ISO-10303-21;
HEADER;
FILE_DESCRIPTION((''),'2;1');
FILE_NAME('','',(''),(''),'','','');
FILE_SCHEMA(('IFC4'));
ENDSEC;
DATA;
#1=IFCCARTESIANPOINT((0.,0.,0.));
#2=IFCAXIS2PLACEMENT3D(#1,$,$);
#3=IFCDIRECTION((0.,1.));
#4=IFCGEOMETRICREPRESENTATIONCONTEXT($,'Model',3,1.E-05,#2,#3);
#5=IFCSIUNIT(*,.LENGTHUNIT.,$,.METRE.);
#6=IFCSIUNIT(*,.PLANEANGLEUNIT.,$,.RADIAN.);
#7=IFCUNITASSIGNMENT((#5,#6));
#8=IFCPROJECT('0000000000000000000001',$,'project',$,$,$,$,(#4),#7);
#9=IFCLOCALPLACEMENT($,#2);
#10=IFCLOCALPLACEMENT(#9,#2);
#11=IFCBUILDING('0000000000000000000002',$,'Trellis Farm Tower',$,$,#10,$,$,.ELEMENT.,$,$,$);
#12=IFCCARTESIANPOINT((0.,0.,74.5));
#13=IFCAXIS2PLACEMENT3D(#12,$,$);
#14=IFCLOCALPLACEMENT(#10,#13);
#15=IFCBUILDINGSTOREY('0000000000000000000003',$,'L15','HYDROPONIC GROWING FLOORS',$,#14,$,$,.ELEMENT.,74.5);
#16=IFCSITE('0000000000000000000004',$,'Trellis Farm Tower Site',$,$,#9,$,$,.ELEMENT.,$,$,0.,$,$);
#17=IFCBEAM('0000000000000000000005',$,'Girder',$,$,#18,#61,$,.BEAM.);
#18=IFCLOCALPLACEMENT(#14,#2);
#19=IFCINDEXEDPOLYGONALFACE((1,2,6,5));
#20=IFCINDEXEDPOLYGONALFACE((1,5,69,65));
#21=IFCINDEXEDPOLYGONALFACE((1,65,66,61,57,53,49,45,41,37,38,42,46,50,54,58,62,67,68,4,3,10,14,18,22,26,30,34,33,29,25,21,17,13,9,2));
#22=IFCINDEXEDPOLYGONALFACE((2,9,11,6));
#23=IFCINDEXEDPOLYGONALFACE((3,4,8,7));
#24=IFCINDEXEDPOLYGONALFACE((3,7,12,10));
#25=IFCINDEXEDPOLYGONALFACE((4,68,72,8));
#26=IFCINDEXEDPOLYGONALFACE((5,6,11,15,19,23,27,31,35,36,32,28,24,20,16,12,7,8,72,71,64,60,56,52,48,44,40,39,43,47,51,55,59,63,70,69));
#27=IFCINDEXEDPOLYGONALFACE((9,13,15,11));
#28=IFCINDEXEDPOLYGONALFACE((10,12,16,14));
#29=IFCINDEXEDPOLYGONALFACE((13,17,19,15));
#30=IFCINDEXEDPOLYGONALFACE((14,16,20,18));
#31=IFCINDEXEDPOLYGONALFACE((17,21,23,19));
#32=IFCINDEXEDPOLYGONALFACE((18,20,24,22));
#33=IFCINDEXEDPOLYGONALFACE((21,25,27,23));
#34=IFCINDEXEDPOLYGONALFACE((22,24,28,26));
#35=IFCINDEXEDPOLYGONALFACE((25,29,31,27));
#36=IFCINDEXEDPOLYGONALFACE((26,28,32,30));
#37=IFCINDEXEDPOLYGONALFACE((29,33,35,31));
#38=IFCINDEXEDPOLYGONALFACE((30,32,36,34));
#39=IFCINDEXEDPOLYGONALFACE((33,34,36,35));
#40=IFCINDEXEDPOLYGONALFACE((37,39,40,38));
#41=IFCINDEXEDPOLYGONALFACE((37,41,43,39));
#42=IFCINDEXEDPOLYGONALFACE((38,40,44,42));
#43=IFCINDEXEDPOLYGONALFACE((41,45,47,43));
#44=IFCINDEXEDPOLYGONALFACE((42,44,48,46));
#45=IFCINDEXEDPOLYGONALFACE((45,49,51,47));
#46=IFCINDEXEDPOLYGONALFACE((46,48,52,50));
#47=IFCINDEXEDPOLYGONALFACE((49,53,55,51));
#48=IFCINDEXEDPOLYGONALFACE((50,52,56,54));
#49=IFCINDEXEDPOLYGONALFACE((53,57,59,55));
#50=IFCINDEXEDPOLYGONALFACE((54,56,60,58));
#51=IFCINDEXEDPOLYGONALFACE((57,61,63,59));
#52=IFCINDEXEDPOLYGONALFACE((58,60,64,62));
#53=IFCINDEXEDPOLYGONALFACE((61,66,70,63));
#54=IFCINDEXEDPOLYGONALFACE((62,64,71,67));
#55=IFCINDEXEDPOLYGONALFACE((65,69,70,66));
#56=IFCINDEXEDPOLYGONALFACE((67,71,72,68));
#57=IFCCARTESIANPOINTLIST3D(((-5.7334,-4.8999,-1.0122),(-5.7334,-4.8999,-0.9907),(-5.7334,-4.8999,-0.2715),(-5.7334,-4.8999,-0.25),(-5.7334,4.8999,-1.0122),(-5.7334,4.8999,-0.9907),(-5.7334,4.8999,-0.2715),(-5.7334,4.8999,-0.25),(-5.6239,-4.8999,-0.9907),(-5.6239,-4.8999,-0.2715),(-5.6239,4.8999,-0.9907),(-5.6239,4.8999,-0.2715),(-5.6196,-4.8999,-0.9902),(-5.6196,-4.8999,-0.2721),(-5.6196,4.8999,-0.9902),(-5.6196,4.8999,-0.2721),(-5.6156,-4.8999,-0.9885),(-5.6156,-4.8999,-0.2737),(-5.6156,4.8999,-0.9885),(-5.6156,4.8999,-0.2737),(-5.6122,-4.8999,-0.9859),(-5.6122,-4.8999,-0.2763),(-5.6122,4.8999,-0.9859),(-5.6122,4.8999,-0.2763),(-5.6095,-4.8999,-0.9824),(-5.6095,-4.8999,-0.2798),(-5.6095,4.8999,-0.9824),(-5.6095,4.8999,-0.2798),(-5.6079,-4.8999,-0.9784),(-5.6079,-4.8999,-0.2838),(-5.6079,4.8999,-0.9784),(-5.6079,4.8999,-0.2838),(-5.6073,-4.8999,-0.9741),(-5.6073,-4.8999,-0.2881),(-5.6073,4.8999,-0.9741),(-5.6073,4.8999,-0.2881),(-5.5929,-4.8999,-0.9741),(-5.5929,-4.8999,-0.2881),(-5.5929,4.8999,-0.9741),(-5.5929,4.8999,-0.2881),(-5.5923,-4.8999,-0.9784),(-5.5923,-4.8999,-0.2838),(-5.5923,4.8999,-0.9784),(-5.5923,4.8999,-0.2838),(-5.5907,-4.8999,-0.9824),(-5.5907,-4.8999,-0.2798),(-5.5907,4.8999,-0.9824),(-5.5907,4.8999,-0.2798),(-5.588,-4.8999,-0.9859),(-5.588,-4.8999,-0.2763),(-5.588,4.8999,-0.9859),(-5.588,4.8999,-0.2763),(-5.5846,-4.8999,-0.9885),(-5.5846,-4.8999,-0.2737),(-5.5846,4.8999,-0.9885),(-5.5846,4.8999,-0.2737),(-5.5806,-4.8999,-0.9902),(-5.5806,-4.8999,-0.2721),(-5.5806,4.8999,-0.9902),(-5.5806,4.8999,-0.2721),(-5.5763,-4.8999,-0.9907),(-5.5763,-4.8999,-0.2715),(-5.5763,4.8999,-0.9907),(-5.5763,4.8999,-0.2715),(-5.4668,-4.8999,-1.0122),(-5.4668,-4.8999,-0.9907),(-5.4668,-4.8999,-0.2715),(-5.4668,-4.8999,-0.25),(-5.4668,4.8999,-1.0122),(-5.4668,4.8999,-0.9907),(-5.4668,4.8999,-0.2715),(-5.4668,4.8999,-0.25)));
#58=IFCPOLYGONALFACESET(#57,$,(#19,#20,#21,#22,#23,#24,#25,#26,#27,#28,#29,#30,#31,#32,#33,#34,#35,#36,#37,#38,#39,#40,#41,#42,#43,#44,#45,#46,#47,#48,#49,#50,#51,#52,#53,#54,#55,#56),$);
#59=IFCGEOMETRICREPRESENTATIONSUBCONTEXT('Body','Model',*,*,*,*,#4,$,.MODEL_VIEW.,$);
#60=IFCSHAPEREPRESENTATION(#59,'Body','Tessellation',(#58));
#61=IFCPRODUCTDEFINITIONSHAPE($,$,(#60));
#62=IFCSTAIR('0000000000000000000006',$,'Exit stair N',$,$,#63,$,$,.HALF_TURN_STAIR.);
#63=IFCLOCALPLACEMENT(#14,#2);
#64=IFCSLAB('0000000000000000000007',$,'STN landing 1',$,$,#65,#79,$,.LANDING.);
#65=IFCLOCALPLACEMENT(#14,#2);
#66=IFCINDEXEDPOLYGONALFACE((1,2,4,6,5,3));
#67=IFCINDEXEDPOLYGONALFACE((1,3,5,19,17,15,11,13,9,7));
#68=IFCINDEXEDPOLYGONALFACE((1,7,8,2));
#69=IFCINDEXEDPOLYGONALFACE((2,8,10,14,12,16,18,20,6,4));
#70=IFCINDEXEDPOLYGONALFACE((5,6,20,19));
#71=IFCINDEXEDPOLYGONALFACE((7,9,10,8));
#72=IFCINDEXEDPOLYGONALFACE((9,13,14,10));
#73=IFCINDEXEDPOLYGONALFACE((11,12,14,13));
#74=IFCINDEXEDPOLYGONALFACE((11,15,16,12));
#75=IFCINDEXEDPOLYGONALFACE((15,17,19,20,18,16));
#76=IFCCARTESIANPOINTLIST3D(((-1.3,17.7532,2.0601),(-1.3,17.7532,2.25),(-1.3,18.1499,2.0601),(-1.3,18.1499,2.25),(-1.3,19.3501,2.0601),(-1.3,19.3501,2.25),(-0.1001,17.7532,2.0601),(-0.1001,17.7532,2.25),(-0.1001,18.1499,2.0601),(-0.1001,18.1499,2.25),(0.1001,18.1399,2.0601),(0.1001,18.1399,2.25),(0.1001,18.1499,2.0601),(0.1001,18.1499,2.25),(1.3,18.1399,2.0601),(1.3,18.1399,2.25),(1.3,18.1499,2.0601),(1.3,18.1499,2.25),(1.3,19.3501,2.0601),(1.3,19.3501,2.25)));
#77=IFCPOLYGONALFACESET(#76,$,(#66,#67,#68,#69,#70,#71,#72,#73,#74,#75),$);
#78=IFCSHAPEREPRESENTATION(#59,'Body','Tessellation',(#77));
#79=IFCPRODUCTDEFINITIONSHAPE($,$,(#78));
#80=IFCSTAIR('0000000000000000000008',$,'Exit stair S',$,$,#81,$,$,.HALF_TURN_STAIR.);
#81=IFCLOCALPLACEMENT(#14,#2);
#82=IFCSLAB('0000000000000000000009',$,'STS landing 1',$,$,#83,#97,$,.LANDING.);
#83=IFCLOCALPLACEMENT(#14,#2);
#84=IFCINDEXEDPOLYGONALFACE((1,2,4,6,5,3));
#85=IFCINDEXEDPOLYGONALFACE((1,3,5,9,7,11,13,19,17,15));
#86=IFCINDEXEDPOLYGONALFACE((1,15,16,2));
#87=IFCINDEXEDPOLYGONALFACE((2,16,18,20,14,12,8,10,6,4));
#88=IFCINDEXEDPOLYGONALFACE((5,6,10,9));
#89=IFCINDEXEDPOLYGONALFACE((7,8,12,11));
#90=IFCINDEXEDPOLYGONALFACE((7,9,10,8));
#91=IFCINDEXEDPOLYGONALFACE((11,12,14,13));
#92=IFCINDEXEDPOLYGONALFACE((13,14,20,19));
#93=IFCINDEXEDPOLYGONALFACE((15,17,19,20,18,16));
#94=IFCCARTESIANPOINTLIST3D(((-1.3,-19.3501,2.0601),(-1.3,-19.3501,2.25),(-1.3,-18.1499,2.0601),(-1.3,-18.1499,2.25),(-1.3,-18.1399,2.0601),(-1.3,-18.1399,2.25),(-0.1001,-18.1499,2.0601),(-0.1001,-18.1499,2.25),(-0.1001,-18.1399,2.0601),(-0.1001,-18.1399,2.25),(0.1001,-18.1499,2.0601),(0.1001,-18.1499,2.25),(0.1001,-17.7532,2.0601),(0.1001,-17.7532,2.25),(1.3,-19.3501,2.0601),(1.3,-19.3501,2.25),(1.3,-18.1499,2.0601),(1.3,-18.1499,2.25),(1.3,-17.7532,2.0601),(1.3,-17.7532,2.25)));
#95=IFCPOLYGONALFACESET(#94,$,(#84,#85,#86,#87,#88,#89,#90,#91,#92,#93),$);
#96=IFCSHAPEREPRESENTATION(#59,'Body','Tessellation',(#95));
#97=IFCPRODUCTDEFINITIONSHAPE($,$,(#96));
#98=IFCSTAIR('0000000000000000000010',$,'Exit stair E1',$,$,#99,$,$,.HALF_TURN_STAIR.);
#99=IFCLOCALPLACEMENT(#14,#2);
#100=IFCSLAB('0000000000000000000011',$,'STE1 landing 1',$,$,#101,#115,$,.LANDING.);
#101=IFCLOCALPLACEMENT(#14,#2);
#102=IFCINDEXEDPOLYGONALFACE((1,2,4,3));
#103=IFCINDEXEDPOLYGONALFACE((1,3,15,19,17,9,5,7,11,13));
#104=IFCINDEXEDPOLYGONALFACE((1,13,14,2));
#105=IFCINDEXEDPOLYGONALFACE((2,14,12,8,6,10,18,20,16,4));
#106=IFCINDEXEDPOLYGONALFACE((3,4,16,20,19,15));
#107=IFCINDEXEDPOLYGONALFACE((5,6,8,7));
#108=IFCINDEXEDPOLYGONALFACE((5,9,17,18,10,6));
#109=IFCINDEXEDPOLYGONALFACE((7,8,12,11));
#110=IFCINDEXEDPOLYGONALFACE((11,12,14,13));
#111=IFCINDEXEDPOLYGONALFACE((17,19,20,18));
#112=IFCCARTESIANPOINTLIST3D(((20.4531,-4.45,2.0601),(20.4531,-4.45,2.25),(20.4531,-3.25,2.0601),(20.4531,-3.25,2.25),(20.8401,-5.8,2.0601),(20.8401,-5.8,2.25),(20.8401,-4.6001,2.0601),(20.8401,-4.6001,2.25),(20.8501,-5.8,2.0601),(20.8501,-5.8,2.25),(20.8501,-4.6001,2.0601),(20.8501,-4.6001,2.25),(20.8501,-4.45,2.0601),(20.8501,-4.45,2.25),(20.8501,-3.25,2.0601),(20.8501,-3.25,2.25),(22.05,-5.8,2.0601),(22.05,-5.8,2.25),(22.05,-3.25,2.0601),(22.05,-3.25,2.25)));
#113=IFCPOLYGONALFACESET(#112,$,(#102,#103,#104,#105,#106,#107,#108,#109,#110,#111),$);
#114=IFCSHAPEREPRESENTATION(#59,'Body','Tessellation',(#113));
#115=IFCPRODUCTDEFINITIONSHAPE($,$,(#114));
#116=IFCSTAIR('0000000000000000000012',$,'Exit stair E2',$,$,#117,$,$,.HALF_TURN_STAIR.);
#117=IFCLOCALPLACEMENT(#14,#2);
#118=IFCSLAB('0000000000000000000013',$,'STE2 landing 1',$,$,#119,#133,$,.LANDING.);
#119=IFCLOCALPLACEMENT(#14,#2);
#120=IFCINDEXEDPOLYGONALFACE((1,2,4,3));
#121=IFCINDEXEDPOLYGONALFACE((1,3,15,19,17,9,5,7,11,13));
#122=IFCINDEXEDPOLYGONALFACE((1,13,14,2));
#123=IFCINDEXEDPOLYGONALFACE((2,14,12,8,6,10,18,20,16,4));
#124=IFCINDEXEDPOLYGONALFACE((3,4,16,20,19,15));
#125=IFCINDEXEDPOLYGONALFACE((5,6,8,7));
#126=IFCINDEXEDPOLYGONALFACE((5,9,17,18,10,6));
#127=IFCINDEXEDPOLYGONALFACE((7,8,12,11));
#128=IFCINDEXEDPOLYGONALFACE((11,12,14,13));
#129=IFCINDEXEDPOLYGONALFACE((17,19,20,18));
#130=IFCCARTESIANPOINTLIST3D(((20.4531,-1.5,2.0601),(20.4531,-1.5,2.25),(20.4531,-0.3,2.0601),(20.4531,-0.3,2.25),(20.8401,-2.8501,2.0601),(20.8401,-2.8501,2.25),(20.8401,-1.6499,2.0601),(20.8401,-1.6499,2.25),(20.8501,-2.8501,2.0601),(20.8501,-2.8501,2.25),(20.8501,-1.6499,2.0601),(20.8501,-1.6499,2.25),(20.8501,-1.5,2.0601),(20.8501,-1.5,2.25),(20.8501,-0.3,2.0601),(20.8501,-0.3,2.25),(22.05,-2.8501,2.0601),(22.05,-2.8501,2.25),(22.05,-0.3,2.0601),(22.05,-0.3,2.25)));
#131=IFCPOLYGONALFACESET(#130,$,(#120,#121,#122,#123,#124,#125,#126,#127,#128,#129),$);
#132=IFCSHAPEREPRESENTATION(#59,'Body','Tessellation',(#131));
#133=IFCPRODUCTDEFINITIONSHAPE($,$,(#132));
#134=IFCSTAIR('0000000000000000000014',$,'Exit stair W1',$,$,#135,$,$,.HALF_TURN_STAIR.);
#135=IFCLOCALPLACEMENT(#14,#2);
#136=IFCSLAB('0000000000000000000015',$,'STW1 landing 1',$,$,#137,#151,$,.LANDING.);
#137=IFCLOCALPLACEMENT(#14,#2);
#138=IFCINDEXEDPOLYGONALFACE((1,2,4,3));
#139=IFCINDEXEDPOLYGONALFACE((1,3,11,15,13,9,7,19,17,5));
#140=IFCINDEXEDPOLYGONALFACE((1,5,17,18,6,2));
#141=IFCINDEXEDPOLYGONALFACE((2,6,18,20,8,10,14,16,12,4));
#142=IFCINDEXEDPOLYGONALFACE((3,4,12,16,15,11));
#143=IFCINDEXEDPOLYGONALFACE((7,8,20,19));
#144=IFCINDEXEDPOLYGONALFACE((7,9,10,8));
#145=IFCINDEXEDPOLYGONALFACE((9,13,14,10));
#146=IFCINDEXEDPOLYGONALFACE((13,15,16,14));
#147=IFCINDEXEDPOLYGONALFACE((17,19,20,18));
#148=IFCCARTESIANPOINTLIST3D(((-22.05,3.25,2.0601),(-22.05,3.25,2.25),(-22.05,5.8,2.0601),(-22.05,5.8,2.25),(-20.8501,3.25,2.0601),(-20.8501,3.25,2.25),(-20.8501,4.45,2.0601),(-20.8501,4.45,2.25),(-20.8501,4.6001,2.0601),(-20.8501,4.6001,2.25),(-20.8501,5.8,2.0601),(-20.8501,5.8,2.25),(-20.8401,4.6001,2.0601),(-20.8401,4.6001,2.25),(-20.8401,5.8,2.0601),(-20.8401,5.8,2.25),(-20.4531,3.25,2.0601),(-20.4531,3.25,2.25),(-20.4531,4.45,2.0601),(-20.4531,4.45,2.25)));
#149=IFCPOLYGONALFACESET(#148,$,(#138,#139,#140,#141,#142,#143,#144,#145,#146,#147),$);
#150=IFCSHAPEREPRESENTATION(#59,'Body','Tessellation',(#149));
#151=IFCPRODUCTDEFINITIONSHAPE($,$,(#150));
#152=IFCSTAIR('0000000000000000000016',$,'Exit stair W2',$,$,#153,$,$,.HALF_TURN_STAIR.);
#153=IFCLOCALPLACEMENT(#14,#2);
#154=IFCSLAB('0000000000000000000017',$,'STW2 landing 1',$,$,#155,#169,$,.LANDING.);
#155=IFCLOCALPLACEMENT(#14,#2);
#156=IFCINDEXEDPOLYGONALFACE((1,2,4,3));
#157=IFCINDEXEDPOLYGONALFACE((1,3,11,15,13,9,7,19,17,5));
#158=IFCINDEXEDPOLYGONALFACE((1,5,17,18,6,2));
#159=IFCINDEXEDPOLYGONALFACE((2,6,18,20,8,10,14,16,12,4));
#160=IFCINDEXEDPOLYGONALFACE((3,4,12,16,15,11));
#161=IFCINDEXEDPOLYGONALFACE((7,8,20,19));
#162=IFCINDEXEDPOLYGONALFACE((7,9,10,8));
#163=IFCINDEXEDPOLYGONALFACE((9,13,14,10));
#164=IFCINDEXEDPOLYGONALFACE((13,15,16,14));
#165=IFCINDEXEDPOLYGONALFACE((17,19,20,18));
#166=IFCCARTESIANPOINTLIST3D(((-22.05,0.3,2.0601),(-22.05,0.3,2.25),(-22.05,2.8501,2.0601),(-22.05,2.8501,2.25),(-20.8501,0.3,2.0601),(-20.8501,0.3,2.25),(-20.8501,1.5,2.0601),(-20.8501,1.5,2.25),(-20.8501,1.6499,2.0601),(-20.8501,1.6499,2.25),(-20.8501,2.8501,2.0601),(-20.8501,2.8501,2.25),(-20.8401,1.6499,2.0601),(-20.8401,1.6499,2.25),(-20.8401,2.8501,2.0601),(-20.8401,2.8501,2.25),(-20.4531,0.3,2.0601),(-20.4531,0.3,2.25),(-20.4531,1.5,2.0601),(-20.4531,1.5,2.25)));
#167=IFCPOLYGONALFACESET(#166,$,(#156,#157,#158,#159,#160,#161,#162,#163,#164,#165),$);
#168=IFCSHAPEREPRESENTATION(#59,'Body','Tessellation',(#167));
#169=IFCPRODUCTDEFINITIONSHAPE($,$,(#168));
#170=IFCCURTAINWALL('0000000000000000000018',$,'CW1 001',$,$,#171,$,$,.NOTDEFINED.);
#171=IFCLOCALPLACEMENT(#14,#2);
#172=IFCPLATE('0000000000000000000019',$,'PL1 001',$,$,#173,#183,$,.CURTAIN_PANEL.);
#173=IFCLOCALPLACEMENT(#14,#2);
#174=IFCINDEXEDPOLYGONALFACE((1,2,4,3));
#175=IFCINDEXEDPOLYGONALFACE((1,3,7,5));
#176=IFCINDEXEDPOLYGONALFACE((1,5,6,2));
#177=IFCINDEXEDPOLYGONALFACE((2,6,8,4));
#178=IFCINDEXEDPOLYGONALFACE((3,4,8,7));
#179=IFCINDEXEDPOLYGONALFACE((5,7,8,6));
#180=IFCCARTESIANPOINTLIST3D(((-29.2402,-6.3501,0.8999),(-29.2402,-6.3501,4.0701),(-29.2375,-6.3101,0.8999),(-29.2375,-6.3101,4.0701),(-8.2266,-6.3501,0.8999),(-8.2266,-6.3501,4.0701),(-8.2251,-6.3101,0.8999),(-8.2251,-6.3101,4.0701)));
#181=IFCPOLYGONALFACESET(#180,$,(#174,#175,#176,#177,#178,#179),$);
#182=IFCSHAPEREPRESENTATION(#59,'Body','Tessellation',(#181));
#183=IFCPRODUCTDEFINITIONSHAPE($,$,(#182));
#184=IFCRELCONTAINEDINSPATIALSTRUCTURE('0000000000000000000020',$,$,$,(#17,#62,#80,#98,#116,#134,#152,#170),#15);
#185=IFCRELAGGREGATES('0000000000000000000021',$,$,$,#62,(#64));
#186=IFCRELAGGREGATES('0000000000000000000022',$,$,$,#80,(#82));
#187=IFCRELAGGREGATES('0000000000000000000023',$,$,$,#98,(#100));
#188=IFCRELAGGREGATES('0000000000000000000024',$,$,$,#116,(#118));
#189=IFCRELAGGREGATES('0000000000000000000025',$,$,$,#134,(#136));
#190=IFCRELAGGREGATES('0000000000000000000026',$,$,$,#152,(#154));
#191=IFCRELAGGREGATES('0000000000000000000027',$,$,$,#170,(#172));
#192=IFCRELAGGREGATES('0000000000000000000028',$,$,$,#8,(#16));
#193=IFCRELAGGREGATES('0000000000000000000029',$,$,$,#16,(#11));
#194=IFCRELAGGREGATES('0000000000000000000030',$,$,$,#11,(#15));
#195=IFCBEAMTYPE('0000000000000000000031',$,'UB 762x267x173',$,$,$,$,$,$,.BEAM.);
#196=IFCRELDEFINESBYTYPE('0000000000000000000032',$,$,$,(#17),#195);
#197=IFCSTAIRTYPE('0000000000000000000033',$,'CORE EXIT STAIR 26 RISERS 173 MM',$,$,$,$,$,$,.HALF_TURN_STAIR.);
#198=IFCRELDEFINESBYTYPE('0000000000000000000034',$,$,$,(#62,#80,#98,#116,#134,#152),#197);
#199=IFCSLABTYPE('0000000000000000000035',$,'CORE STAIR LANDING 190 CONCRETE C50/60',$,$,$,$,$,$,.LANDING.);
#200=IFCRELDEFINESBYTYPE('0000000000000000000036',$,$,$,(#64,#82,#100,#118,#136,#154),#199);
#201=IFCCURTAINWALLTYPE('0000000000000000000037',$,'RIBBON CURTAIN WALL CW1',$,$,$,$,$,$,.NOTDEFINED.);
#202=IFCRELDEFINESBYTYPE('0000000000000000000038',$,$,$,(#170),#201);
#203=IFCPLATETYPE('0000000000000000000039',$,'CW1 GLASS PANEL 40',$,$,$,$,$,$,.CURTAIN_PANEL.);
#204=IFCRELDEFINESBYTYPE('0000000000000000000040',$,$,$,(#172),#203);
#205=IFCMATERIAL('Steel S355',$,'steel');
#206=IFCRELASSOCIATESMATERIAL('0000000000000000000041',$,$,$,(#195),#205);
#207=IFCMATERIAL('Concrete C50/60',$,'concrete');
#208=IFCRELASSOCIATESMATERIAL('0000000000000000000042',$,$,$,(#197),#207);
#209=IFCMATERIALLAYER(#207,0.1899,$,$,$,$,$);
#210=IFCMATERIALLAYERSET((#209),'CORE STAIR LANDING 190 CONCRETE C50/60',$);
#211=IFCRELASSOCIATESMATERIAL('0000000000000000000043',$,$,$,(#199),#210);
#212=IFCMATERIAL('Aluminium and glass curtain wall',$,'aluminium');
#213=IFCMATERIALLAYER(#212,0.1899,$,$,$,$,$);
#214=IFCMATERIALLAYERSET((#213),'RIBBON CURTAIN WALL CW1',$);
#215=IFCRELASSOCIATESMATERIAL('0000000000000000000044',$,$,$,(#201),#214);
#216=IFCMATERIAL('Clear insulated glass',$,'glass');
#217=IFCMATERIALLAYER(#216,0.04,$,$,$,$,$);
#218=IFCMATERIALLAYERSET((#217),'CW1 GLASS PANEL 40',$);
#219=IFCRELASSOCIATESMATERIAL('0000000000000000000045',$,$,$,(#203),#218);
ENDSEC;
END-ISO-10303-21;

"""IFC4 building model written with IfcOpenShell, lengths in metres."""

from ifc_helpers import new_model, si_unit, direction, frame, origin, origin_2d, place, context, subcontext, project, spatial, polyline, i_section, outline, extrude, source, transform, mapped, material, layer, layer_set, material_profile, profile_set, type_object, element, aggregate, save


model = new_model("IFC4")

# Units and contexts
model_context = context("Model", 3, precision=1e-05, world=origin(), true_north=direction((0.0, 1.0)))
body_context = subcontext(model_context, "Body", "Model", "MODEL_VIEW")
ifc_project = project(units=[si_unit("LENGTHUNIT", "METRE"), si_unit("PLANEANGLEUNIT", "RADIAN")], contexts=[model_context])

# Site, building, storey
site_placement = place(None, origin())
site = spatial("IfcSite", under=ifc_project, at=site_placement, Name="Trellis Farm Tower Site", CompositionType="ELEMENT", RefElevation=0.0)
building_placement = place(site_placement, origin())
building = spatial("IfcBuilding", under=site, at=building_placement, Name="Trellis Farm Tower", CompositionType="ELEMENT")
storey_placement = place(building_placement, frame((0.0, 0.0, 74.5)))
storey = spatial("IfcBuildingStorey", under=building, at=storey_placement, Name="L15", Description="HYDROPONIC GROWING FLOORS", CompositionType="ELEMENT", Elevation=74.5)

# Beam
ifc_material_1 = material(Name="Steel S355", Category="steel")
ifc_material_profile_1 = material_profile(ifc_material_1, i_section(OverallWidth=0.2666, OverallDepth=0.7622, WebThickness=0.0144, FlangeThickness=0.0215, FilletRadius=0.0166, at=origin_2d()), Name="UB 762x267x173")
ifc_profile_set_1 = profile_set([ifc_material_profile_1], Name="Steel S355")
beam_type_1 = type_object("IfcBeamType", Name="UB 762x267x173", PredefinedType="BEAM", material=ifc_profile_set_1)
shared_shape_1 = source(origin(), body_context, "Body", "SweptSolid", [
    extrude(i_section(OverallWidth=0.2666, OverallDepth=0.7622, WebThickness=0.0144, FlangeThickness=0.0215, FilletRadius=0.0166, at=origin_2d()), origin(), (0.0, 0.0, 1.0), 9.7998),
])
for number, where, z_axis, x_axis, name in (
    (1, (-5.6001, -4.8999, -0.6311), (0.0, 1.0, 0.0), (-1.0, 0.0, 0.0), "Girder"),
):
    element("IfcBeam", number, at=place(storey_placement, frame(where, z_axis=z_axis, x_axis=x_axis)), inside=storey, type_object=beam_type_1, Name=name, PredefinedType="BEAM", context=body_context, shape_type="MappedRepresentation", body=[
        mapped(shared_shape_1, transform((0.0, 0.0, 0.0))),
    ])

# Stairs, slabs
ifc_material_2 = material(Name="Concrete C50/60", Category="concrete")
stair_type = type_object("IfcStairType", Name="CORE EXIT STAIR 26 RISERS 173 MM", PredefinedType="HALF_TURN_STAIR", material=ifc_material_2)
placement_1 = place(storey_placement, origin())
stair_1 = element("IfcStair", 2, at=placement_1, inside=storey, type_object=stair_type, Name="Exit stair N", PredefinedType="HALF_TURN_STAIR")
ifc_layer_1 = layer(ifc_material_2, 0.1899)
ifc_layer_set_1 = layer_set([ifc_layer_1], Name="CORE STAIR LANDING 190 CONCRETE C50/60")
slab_type_1 = type_object("IfcSlabType", Name="CORE STAIR LANDING 190 CONCRETE C50/60", PredefinedType="LANDING", material=ifc_layer_set_1)
shared_shape_2 = source(origin(), body_context, "Body", "SweptSolid", [
    extrude(outline(polyline([(-0.1001, 17.7532), (-1.3, 17.7532), (-1.3, 18.1499), (-1.3, 19.3501), (1.3, 19.3501), (1.3, 18.1499), (1.3, 18.1399), (0.1001, 18.1399), (0.1001, 18.1499), (-0.1001, 18.1499), (-0.1001, 17.7532)])), origin(), (0.0, 0.0, 1.0), 0.1899),
])
placement_2 = place(storey_placement, frame((0.0, 0.0, 2.0601)))
slab_1 = element("IfcSlab", 3, at=placement_2, type_object=slab_type_1, Name="STN landing 1", PredefinedType="LANDING", context=body_context, shape_type="MappedRepresentation", body=[
    mapped(shared_shape_2, transform((0.0, 0.0, 0.0))),
])
aggregate(stair_1, [slab_1])
stair_2 = element("IfcStair", 4, at=placement_1, inside=storey, type_object=stair_type, Name="Exit stair S", PredefinedType="HALF_TURN_STAIR")
shared_shape_3 = source(origin(), body_context, "Body", "SweptSolid", [
    extrude(outline(polyline([(1.3, -19.3501), (-1.3, -19.3501), (-1.3, -18.1499), (-1.3, -18.1399), (-0.1001, -18.1399), (-0.1001, -18.1499), (0.1001, -18.1499), (0.1001, -17.7532), (1.3, -17.7532), (1.3, -18.1499), (1.3, -19.3501)])), origin(), (0.0, 0.0, 1.0), 0.1899),
])
slab_2 = element("IfcSlab", 5, at=placement_2, type_object=slab_type_1, Name="STS landing 1", PredefinedType="LANDING", context=body_context, shape_type="MappedRepresentation", body=[
    mapped(shared_shape_3, transform((0.0, 0.0, 0.0))),
])
aggregate(stair_2, [slab_2])
stair_3 = element("IfcStair", 6, at=placement_1, inside=storey, type_object=stair_type, Name="Exit stair E1", PredefinedType="HALF_TURN_STAIR")
shared_shape_4 = source(origin(), body_context, "Body", "SweptSolid", [
    extrude(outline(polyline([(20.8401, -5.8), (20.8401, -4.6001), (20.8501, -4.6001), (20.8501, -4.45), (20.4531, -4.45), (20.4531, -3.25), (20.8501, -3.25), (22.05, -3.25), (22.05, -5.8), (20.8501, -5.8), (20.8401, -5.8)])), origin(), (0.0, 0.0, 1.0), 0.1899),
])
slab_3 = element("IfcSlab", 7, at=placement_2, type_object=slab_type_1, Name="STE1 landing 1", PredefinedType="LANDING", context=body_context, shape_type="MappedRepresentation", body=[
    mapped(shared_shape_4, transform((0.0, 0.0, 0.0))),
])
aggregate(stair_3, [slab_3])
stair_4 = element("IfcStair", 8, at=placement_1, inside=storey, type_object=stair_type, Name="Exit stair E2", PredefinedType="HALF_TURN_STAIR")
shared_shape_5 = source(origin(), body_context, "Body", "SweptSolid", [
    extrude(outline(polyline([(20.8401, -2.8501), (20.8401, -1.6499), (20.8501, -1.6499), (20.8501, -1.5), (20.4531, -1.5), (20.4531, -0.3), (20.8501, -0.3), (22.05, -0.3), (22.05, -2.8501), (20.8501, -2.8501), (20.8401, -2.8501)])), origin(), (0.0, 0.0, 1.0), 0.1899),
])
slab_4 = element("IfcSlab", 9, at=placement_2, type_object=slab_type_1, Name="STE2 landing 1", PredefinedType="LANDING", context=body_context, shape_type="MappedRepresentation", body=[
    mapped(shared_shape_5, transform((0.0, 0.0, 0.0))),
])
aggregate(stair_4, [slab_4])
stair_5 = element("IfcStair", 10, at=placement_1, inside=storey, type_object=stair_type, Name="Exit stair W1", PredefinedType="HALF_TURN_STAIR")
shared_shape_6 = source(origin(), body_context, "Body", "SweptSolid", [
    extrude(outline(polyline([(-20.4531, 4.45), (-20.4531, 3.25), (-20.8501, 3.25), (-22.05, 3.25), (-22.05, 5.8), (-20.8501, 5.8), (-20.8401, 5.8), (-20.8401, 4.6001), (-20.8501, 4.6001), (-20.8501, 4.45), (-20.4531, 4.45)])), origin(), (0.0, 0.0, 1.0), 0.1899),
])
slab_5 = element("IfcSlab", 11, at=placement_2, type_object=slab_type_1, Name="STW1 landing 1", PredefinedType="LANDING", context=body_context, shape_type="MappedRepresentation", body=[
    mapped(shared_shape_6, transform((0.0, 0.0, 0.0))),
])
aggregate(stair_5, [slab_5])
stair_6 = element("IfcStair", 12, at=placement_1, inside=storey, type_object=stair_type, Name="Exit stair W2", PredefinedType="HALF_TURN_STAIR")
shared_shape_7 = source(origin(), body_context, "Body", "SweptSolid", [
    extrude(outline(polyline([(-20.4531, 1.5), (-20.4531, 0.3), (-20.8501, 0.3), (-22.05, 0.3), (-22.05, 2.8501), (-20.8501, 2.8501), (-20.8401, 2.8501), (-20.8401, 1.6499), (-20.8501, 1.6499), (-20.8501, 1.5), (-20.4531, 1.5)])), origin(), (0.0, 0.0, 1.0), 0.1899),
])
slab_6 = element("IfcSlab", 13, at=placement_2, type_object=slab_type_1, Name="STW2 landing 1", PredefinedType="LANDING", context=body_context, shape_type="MappedRepresentation", body=[
    mapped(shared_shape_7, transform((0.0, 0.0, 0.0))),
])
aggregate(stair_6, [slab_6])

# Curtain wall, plate
ifc_material_3 = material(Name="Aluminium and glass curtain wall", Category="aluminium")
ifc_layer_2 = layer(ifc_material_3, 0.1899)
ifc_layer_set_2 = layer_set([ifc_layer_2], Name="RIBBON CURTAIN WALL CW1")
curtain_wall_type = type_object("IfcCurtainWallType", Name="RIBBON CURTAIN WALL CW1", PredefinedType="NOTDEFINED", material=ifc_layer_set_2)
curtain_wall = element("IfcCurtainWall", 14, at=placement_1, inside=storey, type_object=curtain_wall_type, Name="CW1 001", PredefinedType="NOTDEFINED")
ifc_material_4 = material(Name="Clear insulated glass", Category="glass")
ifc_layer_3 = layer(ifc_material_4, 0.04)
ifc_layer_set_3 = layer_set([ifc_layer_3], Name="CW1 GLASS PANEL 40")
plate_type_1 = type_object("IfcPlateType", Name="CW1 GLASS PANEL 40", PredefinedType="CURTAIN_PANEL", material=ifc_layer_set_3)
shared_shape_8 = source(origin(), body_context, "Body", "SweptSolid", [
    extrude(outline(polyline([(-29.2402, -6.3501), (-8.2266, -6.3501), (-8.2251, -6.3101), (-29.2375, -6.3101), (-29.2402, -6.3501)])), origin(), (0.0, 0.0, 1.0), 3.1702),
])
plate_1_placement = place(storey_placement, frame((0.0, 0.0, 0.8999)))
plate_1 = element("IfcPlate", 15, at=plate_1_placement, type_object=plate_type_1, Name="PL1 001", PredefinedType="CURTAIN_PANEL", context=body_context, shape_type="MappedRepresentation", body=[
    mapped(shared_shape_8, transform((0.0, 0.0, 0.0))),
])
aggregate(curtain_wall, [plate_1])

save(model, "model.ifc")
